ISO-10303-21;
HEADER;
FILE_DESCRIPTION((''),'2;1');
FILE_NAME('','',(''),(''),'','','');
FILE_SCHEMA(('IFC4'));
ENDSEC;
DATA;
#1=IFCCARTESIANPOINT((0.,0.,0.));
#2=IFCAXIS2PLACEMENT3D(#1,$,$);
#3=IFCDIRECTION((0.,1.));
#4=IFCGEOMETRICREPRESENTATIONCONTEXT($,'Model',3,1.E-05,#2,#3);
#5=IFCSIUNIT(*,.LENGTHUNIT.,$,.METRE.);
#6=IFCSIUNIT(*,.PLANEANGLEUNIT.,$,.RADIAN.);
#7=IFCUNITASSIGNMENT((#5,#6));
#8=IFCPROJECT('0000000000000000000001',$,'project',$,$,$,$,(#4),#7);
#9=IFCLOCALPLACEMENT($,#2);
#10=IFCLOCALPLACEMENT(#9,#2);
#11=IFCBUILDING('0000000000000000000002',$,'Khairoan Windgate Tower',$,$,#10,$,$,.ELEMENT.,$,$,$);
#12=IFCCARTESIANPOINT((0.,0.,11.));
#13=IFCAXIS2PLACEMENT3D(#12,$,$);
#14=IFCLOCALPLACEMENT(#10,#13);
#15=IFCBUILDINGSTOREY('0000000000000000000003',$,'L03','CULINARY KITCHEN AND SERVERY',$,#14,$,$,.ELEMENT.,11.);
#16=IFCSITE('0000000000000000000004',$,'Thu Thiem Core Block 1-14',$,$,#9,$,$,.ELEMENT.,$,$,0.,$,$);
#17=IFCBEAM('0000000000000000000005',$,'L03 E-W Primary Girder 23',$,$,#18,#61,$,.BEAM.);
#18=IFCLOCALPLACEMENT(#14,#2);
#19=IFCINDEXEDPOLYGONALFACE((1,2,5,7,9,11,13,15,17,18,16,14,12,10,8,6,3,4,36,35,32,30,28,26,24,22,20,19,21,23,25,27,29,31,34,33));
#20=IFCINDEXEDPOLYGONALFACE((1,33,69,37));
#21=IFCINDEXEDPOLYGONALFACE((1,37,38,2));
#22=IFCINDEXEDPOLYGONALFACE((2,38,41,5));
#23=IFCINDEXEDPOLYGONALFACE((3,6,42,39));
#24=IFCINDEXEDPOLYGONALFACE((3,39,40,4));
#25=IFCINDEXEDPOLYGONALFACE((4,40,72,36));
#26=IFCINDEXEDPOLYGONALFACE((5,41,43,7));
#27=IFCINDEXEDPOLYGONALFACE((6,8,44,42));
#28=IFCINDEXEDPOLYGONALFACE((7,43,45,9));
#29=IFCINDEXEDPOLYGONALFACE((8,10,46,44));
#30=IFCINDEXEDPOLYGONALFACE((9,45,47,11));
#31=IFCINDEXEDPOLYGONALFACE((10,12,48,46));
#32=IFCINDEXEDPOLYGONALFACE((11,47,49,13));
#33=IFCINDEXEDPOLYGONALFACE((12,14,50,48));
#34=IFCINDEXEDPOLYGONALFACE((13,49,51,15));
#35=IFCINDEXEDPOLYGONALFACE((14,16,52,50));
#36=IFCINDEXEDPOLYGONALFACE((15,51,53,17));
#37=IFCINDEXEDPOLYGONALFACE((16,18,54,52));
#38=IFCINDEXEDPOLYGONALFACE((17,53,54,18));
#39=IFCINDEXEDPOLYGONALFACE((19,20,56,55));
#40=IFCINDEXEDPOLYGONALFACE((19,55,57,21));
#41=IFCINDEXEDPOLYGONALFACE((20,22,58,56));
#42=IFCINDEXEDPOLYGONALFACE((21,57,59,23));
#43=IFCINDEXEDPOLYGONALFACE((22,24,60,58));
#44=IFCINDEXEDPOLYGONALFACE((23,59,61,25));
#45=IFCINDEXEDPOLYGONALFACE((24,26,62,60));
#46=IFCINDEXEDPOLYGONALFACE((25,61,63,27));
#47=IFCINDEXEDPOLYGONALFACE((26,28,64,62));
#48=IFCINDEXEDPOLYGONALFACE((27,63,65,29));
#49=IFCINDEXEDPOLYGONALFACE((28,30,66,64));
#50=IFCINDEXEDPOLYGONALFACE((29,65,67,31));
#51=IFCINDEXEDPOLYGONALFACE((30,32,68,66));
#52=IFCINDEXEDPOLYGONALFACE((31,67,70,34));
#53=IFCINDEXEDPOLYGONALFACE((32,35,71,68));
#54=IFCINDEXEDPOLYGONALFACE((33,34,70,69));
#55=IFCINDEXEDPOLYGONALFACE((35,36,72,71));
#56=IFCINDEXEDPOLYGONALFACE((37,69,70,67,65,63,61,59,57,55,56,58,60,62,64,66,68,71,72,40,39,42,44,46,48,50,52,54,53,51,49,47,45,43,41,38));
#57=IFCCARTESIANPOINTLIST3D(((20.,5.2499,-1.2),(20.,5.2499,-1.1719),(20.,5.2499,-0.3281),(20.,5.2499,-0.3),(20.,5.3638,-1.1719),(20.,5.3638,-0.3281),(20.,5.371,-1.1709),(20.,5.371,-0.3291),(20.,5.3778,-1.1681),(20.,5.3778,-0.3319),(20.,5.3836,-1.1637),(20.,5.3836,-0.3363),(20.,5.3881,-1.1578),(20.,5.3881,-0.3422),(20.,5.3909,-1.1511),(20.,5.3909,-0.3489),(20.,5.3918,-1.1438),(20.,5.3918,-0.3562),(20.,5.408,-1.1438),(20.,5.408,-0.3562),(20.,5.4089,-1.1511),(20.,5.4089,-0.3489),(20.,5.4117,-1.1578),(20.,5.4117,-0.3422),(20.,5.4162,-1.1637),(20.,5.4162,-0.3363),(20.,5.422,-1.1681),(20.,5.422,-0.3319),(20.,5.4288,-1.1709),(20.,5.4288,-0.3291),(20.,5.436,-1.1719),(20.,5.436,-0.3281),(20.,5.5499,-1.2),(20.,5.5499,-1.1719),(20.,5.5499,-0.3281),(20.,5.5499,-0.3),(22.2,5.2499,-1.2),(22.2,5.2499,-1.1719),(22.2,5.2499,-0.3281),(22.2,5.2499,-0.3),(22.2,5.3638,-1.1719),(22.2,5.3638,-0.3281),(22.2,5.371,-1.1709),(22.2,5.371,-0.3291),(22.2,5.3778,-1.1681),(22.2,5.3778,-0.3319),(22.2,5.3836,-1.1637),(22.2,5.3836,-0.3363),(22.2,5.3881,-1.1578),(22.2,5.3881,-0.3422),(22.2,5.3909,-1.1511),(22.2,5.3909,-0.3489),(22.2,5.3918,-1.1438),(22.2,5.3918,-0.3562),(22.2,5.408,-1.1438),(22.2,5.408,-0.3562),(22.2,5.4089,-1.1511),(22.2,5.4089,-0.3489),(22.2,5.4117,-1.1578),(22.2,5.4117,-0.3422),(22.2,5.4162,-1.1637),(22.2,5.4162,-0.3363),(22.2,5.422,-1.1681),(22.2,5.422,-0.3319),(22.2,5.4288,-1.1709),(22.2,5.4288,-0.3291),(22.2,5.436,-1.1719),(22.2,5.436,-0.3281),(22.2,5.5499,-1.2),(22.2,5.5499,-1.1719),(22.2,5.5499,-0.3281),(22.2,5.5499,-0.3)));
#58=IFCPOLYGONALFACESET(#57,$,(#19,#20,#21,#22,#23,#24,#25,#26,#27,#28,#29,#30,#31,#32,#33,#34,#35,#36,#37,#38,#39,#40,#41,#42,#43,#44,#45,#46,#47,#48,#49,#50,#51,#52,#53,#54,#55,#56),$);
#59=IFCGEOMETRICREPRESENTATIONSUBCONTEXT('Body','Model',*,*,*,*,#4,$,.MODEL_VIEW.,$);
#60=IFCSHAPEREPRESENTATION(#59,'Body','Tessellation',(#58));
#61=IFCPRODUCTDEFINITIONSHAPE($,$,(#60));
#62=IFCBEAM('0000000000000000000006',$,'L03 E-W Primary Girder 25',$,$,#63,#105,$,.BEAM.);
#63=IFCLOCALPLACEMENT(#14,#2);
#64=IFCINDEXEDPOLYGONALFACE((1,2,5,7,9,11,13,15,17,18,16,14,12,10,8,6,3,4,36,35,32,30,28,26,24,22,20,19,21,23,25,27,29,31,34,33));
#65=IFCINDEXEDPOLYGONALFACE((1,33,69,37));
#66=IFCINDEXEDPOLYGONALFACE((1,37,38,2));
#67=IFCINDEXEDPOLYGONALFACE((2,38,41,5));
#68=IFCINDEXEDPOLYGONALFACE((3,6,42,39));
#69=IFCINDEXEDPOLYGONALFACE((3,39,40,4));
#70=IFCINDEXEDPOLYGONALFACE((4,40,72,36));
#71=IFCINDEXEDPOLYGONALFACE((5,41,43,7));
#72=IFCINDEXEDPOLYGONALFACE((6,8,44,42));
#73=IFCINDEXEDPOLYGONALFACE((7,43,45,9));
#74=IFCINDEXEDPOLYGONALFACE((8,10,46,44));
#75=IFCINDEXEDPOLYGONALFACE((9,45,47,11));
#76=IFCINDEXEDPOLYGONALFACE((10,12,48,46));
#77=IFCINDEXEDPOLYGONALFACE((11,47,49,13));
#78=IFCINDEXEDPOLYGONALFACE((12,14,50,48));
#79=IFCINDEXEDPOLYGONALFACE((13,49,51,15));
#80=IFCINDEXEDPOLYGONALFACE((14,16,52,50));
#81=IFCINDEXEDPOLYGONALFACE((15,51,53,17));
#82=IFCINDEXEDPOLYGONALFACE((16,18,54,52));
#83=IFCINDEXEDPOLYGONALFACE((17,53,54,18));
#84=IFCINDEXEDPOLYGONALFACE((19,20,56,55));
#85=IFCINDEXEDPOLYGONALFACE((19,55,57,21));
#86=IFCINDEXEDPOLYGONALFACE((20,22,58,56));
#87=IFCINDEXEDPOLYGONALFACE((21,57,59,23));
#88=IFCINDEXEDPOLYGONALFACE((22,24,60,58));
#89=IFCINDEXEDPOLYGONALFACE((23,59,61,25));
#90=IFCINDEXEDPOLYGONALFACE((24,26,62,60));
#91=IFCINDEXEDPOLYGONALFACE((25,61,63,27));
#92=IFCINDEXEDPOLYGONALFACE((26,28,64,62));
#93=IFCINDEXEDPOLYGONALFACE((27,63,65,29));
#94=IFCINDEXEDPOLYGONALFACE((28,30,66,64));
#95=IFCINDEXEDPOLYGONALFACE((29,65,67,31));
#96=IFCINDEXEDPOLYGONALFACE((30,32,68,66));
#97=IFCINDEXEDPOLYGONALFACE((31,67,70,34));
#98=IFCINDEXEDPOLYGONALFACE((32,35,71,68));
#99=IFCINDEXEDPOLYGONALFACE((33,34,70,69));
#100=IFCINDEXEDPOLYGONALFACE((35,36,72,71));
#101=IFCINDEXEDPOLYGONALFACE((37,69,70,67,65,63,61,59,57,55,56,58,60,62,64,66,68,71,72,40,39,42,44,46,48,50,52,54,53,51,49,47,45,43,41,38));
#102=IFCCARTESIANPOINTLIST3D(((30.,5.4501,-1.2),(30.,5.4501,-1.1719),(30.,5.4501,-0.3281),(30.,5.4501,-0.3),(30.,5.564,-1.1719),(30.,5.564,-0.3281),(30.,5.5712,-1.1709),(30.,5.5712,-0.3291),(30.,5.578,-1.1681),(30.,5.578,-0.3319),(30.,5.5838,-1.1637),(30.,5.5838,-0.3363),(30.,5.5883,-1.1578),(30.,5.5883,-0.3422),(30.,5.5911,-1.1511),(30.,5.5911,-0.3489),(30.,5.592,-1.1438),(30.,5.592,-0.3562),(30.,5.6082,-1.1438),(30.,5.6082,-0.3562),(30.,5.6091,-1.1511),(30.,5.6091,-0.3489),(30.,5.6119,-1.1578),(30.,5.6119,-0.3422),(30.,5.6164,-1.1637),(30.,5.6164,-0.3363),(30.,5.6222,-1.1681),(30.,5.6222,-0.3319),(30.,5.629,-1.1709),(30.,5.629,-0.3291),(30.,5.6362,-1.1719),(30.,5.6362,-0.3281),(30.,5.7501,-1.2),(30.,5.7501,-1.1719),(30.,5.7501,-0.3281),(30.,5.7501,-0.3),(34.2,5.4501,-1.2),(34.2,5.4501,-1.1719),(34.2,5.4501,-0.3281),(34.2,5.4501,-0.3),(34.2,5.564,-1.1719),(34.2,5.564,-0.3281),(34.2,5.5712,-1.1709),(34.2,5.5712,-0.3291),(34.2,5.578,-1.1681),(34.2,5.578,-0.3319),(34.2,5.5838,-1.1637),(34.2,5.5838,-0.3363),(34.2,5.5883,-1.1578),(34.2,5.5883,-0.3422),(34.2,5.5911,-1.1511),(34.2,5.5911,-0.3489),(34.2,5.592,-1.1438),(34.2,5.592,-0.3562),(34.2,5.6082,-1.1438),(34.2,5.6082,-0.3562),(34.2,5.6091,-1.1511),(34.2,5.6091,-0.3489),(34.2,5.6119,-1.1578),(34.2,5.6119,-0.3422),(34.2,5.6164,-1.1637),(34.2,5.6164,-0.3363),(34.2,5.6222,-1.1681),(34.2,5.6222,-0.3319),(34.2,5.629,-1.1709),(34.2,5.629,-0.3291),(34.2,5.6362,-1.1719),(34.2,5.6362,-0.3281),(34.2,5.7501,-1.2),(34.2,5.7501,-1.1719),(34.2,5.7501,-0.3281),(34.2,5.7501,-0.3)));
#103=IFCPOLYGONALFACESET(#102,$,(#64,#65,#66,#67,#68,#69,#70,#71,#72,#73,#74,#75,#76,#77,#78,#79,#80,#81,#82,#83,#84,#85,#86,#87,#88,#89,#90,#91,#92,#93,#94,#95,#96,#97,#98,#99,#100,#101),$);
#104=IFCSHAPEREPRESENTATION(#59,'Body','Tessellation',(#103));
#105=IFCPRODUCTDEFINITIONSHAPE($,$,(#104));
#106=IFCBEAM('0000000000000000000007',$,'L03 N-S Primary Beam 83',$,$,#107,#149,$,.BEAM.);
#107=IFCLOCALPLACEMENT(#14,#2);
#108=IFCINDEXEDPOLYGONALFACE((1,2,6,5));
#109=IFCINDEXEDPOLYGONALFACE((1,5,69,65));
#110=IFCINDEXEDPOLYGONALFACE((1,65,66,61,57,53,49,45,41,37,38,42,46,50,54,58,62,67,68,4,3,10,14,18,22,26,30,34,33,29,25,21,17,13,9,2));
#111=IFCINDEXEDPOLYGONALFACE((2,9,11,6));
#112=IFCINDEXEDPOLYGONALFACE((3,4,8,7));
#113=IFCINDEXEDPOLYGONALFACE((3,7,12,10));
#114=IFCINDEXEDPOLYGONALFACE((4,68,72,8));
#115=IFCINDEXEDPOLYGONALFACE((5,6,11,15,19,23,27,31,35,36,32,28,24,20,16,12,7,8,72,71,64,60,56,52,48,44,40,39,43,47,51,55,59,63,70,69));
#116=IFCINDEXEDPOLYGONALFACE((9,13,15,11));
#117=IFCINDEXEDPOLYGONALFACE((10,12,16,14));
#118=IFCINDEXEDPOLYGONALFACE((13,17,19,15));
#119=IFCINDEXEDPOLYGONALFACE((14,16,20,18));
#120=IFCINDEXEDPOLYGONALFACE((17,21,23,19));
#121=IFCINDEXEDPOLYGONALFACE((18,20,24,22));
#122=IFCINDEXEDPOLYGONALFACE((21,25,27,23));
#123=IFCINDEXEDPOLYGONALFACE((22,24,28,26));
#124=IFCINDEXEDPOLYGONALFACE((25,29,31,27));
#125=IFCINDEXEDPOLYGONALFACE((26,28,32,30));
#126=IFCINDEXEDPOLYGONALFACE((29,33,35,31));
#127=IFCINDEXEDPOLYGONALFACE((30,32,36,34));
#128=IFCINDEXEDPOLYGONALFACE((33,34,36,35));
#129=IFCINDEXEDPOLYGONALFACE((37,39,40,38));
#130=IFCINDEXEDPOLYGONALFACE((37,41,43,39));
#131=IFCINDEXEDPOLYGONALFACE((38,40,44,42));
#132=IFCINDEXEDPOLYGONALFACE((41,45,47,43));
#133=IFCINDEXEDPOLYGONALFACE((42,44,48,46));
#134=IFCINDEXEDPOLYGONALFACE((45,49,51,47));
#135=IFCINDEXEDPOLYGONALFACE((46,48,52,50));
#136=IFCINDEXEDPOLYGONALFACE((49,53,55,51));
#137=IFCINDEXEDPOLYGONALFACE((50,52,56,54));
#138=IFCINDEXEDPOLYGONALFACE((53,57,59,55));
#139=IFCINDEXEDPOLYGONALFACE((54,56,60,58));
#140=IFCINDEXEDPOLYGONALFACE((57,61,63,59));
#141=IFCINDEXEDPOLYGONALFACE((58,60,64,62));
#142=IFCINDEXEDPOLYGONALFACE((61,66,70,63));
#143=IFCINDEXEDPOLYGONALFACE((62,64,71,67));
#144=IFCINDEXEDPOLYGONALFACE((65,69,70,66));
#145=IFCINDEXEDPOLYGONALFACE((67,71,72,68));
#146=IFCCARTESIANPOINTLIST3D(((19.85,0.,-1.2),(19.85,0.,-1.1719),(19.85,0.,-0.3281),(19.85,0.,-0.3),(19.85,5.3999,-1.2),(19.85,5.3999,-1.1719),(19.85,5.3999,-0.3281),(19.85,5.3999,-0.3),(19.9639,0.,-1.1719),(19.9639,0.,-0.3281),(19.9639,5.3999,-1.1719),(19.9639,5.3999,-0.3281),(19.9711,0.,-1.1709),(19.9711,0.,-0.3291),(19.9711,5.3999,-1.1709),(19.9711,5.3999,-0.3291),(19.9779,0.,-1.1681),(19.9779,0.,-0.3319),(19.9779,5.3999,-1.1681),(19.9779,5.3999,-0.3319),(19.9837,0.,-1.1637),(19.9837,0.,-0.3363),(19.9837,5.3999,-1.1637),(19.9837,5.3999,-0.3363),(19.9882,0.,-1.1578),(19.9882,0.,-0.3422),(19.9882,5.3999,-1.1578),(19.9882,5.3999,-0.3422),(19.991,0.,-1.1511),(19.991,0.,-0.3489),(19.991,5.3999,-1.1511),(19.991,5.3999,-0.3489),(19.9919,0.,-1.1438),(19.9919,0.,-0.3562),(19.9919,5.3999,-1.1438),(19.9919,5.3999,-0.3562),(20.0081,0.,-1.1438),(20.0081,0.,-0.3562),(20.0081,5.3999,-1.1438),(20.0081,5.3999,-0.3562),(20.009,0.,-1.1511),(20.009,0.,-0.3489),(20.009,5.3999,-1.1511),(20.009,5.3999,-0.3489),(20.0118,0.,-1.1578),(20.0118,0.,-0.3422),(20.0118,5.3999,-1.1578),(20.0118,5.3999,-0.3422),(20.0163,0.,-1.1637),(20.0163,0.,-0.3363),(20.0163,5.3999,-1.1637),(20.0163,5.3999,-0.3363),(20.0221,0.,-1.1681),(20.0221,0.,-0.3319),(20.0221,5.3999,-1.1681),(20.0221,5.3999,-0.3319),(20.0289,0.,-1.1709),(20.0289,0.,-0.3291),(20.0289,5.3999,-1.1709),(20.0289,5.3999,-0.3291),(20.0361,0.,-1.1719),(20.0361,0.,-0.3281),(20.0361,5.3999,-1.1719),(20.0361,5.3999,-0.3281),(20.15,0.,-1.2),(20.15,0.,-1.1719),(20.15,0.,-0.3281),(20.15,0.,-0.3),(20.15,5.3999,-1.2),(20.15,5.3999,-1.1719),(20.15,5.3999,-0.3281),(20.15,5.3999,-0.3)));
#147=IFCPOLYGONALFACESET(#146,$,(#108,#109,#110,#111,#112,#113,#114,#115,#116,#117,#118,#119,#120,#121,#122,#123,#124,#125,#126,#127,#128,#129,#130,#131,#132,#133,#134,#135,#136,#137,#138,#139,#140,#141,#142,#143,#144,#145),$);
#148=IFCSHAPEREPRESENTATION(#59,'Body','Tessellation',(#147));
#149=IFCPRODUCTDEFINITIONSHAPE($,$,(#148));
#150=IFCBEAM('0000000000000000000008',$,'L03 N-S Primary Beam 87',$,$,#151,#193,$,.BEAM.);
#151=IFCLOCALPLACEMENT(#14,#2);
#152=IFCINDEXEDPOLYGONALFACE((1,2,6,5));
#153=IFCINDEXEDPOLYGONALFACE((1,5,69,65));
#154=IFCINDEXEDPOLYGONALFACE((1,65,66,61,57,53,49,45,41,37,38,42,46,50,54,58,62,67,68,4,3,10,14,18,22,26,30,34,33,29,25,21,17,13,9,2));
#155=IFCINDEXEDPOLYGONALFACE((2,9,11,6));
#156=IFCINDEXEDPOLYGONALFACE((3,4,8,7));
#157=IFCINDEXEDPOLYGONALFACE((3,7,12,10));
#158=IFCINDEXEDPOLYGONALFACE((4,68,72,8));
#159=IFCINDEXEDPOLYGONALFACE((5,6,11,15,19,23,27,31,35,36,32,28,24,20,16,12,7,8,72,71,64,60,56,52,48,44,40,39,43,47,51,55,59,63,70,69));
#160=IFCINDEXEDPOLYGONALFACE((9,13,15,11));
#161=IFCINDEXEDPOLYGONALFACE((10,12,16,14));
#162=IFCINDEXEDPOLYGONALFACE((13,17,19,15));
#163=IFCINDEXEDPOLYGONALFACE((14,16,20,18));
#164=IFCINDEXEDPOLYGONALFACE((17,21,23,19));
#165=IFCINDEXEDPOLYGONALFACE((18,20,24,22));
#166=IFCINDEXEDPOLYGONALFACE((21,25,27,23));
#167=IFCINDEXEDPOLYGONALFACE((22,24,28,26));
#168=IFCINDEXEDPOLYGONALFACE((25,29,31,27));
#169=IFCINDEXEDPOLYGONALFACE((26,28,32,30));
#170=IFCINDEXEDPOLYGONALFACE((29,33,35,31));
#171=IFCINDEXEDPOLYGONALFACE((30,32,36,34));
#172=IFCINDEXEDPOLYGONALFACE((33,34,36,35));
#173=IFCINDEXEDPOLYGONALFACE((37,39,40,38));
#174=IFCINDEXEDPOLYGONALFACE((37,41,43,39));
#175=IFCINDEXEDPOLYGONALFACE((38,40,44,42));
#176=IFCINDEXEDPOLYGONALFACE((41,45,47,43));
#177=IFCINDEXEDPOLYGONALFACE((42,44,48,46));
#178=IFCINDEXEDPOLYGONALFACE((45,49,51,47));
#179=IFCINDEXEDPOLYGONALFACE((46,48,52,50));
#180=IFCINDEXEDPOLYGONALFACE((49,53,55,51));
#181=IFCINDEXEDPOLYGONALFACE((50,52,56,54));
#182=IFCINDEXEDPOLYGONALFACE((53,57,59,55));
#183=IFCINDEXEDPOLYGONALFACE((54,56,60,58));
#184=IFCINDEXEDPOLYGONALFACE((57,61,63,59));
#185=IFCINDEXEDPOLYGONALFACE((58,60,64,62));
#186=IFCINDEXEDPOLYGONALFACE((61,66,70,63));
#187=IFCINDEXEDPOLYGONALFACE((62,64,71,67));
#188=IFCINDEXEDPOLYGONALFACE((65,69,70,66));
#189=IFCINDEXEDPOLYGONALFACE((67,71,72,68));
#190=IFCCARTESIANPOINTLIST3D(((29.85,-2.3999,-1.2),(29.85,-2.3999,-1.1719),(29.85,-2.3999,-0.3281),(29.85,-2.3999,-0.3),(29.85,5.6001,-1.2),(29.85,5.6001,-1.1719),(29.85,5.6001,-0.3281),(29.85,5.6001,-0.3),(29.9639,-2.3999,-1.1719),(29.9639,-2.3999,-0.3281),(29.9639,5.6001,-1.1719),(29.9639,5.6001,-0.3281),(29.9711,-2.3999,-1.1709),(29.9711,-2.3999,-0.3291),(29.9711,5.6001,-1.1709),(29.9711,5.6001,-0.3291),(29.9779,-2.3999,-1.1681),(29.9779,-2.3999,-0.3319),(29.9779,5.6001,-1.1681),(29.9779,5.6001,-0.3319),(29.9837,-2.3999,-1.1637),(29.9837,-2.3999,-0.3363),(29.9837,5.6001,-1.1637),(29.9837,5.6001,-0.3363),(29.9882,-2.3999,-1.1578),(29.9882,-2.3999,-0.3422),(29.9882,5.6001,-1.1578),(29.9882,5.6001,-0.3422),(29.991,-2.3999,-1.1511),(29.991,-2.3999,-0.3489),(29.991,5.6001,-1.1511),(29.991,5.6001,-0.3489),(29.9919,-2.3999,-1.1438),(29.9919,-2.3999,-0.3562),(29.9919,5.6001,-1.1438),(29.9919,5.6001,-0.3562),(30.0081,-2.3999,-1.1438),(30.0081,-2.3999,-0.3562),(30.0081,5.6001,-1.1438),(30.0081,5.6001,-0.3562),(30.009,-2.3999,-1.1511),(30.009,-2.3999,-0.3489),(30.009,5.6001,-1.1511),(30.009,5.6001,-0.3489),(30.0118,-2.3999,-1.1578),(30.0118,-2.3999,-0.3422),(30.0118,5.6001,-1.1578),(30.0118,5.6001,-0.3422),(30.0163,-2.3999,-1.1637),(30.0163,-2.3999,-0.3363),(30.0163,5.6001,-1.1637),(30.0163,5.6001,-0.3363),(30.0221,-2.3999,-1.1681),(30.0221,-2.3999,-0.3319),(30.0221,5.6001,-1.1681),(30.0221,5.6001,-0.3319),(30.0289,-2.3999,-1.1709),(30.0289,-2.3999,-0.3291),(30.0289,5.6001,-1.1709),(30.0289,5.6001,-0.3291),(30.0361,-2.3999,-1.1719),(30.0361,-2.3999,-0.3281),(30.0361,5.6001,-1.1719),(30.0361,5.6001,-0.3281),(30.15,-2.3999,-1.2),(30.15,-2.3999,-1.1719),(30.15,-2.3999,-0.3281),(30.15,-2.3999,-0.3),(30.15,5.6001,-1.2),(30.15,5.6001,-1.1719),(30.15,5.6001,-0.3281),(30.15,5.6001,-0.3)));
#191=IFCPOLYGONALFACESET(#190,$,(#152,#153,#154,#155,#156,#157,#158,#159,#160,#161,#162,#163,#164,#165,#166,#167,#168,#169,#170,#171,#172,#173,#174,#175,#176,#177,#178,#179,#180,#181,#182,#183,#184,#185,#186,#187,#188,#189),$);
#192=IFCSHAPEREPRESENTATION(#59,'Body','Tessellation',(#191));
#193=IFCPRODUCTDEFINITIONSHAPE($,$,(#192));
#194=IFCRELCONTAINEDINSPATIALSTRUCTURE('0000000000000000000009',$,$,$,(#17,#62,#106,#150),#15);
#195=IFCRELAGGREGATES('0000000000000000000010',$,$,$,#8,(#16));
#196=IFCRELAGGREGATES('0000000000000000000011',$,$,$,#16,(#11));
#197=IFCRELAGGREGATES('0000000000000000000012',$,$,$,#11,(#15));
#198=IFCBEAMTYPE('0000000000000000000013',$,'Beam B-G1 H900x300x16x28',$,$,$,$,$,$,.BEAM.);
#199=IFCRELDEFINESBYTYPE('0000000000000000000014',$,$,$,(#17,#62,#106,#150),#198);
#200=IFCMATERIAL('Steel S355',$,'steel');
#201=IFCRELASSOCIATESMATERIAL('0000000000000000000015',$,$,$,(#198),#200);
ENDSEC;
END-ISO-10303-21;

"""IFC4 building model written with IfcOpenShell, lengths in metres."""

from ifc_helpers import new_model, si_unit, direction, frame, origin, origin_2d, place, context, subcontext, project, spatial, i_section, extrude, material, material_profile, profile_set, type_object, element, save


model = new_model("IFC4")

# Units and contexts
model_context = context("Model", 3, precision=1e-05, world=origin(), true_north=direction((0.0, 1.0)))
body_context = subcontext(model_context, "Body", "Model", "MODEL_VIEW")
ifc_project = project(units=[si_unit("LENGTHUNIT", "METRE"), si_unit("PLANEANGLEUNIT", "RADIAN")], contexts=[model_context])

# Site, building, storey
site_placement = place(None, origin())
site = spatial("IfcSite", under=ifc_project, at=site_placement, Name="Thu Thiem Core Block 1-14", CompositionType="ELEMENT", RefElevation=0.0)
building_placement = place(site_placement, origin())
building = spatial("IfcBuilding", under=site, at=building_placement, Name="Khairoan Windgate Tower", CompositionType="ELEMENT")
storey_placement = place(building_placement, frame((0.0, 0.0, 11.0)))
storey = spatial("IfcBuildingStorey", under=building, at=storey_placement, Name="L03", Description="CULINARY KITCHEN AND SERVERY", CompositionType="ELEMENT", Elevation=11.0)

# Beams
ifc_material_1 = material(Name="Steel S355", Category="steel")
ifc_material_profile_1 = material_profile(ifc_material_1, i_section(OverallWidth=0.3, OverallDepth=0.8999, WebThickness=0.0161, FlangeThickness=0.0281, FilletRadius=0.0281, at=origin_2d()))
ifc_profile_set_1 = profile_set([ifc_material_profile_1], Name="Steel S355")
beam_type_1 = type_object("IfcBeamType", Name="Beam B-G1 H900x300x16x28", PredefinedType="BEAM", material=ifc_profile_set_1)
for number, where, z_axis, x_axis, name in (
    (1, (20.0, 5.3999, -0.75), (1.0, 0.0, 0.0), (0.0, 1.0, 0.0), "L03 E-W Primary Girder 23"),
):
    element("IfcBeam", number, at=place(storey_placement, frame(where, z_axis=z_axis, x_axis=x_axis)), inside=storey, type_object=beam_type_1, Name=name, PredefinedType="BEAM", context=body_context, shape_type="SweptSolid", body=[
        extrude(i_section(OverallWidth=0.3, OverallDepth=0.8999, WebThickness=0.0161, FlangeThickness=0.0281, FilletRadius=0.0281, at=origin_2d()), origin(), (0.0, 0.0, 1.0), 2.2),
    ])
beam_1_placement = place(storey_placement, frame((30.0, 5.6001, -0.75), z_axis=(1.0, 0.0, 0.0), x_axis=(0.0, 1.0, 0.0)))
element("IfcBeam", 2, at=beam_1_placement, inside=storey, type_object=beam_type_1, Name="L03 E-W Primary Girder 25", PredefinedType="BEAM", context=body_context, shape_type="SweptSolid", body=[
    extrude(i_section(OverallWidth=0.3, OverallDepth=0.8999, WebThickness=0.0161, FlangeThickness=0.0281, FilletRadius=0.0281, at=origin_2d()), origin(), (0.0, 0.0, 1.0), 4.2),
])
beam_2_placement = place(storey_placement, frame((20.0, 0.0, -0.75), z_axis=(0.0, 1.0, 0.0), x_axis=(-1.0, 0.0, 0.0)))
element("IfcBeam", 3, at=beam_2_placement, inside=storey, type_object=beam_type_1, Name="L03 N-S Primary Beam 83", PredefinedType="BEAM", context=body_context, shape_type="SweptSolid", body=[
    extrude(i_section(OverallWidth=0.3, OverallDepth=0.8999, WebThickness=0.0161, FlangeThickness=0.0281, FilletRadius=0.0281, at=origin_2d()), origin(), (0.0, 0.0, 1.0), 5.3999),
])
beam_3_placement = place(storey_placement, frame((30.0, -2.3999, -0.75), z_axis=(0.0, 1.0, 0.0), x_axis=(-1.0, 0.0, 0.0)))
element("IfcBeam", 4, at=beam_3_placement, inside=storey, type_object=beam_type_1, Name="L03 N-S Primary Beam 87", PredefinedType="BEAM", context=body_context, shape_type="SweptSolid", body=[
    extrude(i_section(OverallWidth=0.3, OverallDepth=0.8999, WebThickness=0.0161, FlangeThickness=0.0281, FilletRadius=0.0281, at=origin_2d()), origin(), (0.0, 0.0, 1.0), 8.0),
])

save(model, "model.ifc")
